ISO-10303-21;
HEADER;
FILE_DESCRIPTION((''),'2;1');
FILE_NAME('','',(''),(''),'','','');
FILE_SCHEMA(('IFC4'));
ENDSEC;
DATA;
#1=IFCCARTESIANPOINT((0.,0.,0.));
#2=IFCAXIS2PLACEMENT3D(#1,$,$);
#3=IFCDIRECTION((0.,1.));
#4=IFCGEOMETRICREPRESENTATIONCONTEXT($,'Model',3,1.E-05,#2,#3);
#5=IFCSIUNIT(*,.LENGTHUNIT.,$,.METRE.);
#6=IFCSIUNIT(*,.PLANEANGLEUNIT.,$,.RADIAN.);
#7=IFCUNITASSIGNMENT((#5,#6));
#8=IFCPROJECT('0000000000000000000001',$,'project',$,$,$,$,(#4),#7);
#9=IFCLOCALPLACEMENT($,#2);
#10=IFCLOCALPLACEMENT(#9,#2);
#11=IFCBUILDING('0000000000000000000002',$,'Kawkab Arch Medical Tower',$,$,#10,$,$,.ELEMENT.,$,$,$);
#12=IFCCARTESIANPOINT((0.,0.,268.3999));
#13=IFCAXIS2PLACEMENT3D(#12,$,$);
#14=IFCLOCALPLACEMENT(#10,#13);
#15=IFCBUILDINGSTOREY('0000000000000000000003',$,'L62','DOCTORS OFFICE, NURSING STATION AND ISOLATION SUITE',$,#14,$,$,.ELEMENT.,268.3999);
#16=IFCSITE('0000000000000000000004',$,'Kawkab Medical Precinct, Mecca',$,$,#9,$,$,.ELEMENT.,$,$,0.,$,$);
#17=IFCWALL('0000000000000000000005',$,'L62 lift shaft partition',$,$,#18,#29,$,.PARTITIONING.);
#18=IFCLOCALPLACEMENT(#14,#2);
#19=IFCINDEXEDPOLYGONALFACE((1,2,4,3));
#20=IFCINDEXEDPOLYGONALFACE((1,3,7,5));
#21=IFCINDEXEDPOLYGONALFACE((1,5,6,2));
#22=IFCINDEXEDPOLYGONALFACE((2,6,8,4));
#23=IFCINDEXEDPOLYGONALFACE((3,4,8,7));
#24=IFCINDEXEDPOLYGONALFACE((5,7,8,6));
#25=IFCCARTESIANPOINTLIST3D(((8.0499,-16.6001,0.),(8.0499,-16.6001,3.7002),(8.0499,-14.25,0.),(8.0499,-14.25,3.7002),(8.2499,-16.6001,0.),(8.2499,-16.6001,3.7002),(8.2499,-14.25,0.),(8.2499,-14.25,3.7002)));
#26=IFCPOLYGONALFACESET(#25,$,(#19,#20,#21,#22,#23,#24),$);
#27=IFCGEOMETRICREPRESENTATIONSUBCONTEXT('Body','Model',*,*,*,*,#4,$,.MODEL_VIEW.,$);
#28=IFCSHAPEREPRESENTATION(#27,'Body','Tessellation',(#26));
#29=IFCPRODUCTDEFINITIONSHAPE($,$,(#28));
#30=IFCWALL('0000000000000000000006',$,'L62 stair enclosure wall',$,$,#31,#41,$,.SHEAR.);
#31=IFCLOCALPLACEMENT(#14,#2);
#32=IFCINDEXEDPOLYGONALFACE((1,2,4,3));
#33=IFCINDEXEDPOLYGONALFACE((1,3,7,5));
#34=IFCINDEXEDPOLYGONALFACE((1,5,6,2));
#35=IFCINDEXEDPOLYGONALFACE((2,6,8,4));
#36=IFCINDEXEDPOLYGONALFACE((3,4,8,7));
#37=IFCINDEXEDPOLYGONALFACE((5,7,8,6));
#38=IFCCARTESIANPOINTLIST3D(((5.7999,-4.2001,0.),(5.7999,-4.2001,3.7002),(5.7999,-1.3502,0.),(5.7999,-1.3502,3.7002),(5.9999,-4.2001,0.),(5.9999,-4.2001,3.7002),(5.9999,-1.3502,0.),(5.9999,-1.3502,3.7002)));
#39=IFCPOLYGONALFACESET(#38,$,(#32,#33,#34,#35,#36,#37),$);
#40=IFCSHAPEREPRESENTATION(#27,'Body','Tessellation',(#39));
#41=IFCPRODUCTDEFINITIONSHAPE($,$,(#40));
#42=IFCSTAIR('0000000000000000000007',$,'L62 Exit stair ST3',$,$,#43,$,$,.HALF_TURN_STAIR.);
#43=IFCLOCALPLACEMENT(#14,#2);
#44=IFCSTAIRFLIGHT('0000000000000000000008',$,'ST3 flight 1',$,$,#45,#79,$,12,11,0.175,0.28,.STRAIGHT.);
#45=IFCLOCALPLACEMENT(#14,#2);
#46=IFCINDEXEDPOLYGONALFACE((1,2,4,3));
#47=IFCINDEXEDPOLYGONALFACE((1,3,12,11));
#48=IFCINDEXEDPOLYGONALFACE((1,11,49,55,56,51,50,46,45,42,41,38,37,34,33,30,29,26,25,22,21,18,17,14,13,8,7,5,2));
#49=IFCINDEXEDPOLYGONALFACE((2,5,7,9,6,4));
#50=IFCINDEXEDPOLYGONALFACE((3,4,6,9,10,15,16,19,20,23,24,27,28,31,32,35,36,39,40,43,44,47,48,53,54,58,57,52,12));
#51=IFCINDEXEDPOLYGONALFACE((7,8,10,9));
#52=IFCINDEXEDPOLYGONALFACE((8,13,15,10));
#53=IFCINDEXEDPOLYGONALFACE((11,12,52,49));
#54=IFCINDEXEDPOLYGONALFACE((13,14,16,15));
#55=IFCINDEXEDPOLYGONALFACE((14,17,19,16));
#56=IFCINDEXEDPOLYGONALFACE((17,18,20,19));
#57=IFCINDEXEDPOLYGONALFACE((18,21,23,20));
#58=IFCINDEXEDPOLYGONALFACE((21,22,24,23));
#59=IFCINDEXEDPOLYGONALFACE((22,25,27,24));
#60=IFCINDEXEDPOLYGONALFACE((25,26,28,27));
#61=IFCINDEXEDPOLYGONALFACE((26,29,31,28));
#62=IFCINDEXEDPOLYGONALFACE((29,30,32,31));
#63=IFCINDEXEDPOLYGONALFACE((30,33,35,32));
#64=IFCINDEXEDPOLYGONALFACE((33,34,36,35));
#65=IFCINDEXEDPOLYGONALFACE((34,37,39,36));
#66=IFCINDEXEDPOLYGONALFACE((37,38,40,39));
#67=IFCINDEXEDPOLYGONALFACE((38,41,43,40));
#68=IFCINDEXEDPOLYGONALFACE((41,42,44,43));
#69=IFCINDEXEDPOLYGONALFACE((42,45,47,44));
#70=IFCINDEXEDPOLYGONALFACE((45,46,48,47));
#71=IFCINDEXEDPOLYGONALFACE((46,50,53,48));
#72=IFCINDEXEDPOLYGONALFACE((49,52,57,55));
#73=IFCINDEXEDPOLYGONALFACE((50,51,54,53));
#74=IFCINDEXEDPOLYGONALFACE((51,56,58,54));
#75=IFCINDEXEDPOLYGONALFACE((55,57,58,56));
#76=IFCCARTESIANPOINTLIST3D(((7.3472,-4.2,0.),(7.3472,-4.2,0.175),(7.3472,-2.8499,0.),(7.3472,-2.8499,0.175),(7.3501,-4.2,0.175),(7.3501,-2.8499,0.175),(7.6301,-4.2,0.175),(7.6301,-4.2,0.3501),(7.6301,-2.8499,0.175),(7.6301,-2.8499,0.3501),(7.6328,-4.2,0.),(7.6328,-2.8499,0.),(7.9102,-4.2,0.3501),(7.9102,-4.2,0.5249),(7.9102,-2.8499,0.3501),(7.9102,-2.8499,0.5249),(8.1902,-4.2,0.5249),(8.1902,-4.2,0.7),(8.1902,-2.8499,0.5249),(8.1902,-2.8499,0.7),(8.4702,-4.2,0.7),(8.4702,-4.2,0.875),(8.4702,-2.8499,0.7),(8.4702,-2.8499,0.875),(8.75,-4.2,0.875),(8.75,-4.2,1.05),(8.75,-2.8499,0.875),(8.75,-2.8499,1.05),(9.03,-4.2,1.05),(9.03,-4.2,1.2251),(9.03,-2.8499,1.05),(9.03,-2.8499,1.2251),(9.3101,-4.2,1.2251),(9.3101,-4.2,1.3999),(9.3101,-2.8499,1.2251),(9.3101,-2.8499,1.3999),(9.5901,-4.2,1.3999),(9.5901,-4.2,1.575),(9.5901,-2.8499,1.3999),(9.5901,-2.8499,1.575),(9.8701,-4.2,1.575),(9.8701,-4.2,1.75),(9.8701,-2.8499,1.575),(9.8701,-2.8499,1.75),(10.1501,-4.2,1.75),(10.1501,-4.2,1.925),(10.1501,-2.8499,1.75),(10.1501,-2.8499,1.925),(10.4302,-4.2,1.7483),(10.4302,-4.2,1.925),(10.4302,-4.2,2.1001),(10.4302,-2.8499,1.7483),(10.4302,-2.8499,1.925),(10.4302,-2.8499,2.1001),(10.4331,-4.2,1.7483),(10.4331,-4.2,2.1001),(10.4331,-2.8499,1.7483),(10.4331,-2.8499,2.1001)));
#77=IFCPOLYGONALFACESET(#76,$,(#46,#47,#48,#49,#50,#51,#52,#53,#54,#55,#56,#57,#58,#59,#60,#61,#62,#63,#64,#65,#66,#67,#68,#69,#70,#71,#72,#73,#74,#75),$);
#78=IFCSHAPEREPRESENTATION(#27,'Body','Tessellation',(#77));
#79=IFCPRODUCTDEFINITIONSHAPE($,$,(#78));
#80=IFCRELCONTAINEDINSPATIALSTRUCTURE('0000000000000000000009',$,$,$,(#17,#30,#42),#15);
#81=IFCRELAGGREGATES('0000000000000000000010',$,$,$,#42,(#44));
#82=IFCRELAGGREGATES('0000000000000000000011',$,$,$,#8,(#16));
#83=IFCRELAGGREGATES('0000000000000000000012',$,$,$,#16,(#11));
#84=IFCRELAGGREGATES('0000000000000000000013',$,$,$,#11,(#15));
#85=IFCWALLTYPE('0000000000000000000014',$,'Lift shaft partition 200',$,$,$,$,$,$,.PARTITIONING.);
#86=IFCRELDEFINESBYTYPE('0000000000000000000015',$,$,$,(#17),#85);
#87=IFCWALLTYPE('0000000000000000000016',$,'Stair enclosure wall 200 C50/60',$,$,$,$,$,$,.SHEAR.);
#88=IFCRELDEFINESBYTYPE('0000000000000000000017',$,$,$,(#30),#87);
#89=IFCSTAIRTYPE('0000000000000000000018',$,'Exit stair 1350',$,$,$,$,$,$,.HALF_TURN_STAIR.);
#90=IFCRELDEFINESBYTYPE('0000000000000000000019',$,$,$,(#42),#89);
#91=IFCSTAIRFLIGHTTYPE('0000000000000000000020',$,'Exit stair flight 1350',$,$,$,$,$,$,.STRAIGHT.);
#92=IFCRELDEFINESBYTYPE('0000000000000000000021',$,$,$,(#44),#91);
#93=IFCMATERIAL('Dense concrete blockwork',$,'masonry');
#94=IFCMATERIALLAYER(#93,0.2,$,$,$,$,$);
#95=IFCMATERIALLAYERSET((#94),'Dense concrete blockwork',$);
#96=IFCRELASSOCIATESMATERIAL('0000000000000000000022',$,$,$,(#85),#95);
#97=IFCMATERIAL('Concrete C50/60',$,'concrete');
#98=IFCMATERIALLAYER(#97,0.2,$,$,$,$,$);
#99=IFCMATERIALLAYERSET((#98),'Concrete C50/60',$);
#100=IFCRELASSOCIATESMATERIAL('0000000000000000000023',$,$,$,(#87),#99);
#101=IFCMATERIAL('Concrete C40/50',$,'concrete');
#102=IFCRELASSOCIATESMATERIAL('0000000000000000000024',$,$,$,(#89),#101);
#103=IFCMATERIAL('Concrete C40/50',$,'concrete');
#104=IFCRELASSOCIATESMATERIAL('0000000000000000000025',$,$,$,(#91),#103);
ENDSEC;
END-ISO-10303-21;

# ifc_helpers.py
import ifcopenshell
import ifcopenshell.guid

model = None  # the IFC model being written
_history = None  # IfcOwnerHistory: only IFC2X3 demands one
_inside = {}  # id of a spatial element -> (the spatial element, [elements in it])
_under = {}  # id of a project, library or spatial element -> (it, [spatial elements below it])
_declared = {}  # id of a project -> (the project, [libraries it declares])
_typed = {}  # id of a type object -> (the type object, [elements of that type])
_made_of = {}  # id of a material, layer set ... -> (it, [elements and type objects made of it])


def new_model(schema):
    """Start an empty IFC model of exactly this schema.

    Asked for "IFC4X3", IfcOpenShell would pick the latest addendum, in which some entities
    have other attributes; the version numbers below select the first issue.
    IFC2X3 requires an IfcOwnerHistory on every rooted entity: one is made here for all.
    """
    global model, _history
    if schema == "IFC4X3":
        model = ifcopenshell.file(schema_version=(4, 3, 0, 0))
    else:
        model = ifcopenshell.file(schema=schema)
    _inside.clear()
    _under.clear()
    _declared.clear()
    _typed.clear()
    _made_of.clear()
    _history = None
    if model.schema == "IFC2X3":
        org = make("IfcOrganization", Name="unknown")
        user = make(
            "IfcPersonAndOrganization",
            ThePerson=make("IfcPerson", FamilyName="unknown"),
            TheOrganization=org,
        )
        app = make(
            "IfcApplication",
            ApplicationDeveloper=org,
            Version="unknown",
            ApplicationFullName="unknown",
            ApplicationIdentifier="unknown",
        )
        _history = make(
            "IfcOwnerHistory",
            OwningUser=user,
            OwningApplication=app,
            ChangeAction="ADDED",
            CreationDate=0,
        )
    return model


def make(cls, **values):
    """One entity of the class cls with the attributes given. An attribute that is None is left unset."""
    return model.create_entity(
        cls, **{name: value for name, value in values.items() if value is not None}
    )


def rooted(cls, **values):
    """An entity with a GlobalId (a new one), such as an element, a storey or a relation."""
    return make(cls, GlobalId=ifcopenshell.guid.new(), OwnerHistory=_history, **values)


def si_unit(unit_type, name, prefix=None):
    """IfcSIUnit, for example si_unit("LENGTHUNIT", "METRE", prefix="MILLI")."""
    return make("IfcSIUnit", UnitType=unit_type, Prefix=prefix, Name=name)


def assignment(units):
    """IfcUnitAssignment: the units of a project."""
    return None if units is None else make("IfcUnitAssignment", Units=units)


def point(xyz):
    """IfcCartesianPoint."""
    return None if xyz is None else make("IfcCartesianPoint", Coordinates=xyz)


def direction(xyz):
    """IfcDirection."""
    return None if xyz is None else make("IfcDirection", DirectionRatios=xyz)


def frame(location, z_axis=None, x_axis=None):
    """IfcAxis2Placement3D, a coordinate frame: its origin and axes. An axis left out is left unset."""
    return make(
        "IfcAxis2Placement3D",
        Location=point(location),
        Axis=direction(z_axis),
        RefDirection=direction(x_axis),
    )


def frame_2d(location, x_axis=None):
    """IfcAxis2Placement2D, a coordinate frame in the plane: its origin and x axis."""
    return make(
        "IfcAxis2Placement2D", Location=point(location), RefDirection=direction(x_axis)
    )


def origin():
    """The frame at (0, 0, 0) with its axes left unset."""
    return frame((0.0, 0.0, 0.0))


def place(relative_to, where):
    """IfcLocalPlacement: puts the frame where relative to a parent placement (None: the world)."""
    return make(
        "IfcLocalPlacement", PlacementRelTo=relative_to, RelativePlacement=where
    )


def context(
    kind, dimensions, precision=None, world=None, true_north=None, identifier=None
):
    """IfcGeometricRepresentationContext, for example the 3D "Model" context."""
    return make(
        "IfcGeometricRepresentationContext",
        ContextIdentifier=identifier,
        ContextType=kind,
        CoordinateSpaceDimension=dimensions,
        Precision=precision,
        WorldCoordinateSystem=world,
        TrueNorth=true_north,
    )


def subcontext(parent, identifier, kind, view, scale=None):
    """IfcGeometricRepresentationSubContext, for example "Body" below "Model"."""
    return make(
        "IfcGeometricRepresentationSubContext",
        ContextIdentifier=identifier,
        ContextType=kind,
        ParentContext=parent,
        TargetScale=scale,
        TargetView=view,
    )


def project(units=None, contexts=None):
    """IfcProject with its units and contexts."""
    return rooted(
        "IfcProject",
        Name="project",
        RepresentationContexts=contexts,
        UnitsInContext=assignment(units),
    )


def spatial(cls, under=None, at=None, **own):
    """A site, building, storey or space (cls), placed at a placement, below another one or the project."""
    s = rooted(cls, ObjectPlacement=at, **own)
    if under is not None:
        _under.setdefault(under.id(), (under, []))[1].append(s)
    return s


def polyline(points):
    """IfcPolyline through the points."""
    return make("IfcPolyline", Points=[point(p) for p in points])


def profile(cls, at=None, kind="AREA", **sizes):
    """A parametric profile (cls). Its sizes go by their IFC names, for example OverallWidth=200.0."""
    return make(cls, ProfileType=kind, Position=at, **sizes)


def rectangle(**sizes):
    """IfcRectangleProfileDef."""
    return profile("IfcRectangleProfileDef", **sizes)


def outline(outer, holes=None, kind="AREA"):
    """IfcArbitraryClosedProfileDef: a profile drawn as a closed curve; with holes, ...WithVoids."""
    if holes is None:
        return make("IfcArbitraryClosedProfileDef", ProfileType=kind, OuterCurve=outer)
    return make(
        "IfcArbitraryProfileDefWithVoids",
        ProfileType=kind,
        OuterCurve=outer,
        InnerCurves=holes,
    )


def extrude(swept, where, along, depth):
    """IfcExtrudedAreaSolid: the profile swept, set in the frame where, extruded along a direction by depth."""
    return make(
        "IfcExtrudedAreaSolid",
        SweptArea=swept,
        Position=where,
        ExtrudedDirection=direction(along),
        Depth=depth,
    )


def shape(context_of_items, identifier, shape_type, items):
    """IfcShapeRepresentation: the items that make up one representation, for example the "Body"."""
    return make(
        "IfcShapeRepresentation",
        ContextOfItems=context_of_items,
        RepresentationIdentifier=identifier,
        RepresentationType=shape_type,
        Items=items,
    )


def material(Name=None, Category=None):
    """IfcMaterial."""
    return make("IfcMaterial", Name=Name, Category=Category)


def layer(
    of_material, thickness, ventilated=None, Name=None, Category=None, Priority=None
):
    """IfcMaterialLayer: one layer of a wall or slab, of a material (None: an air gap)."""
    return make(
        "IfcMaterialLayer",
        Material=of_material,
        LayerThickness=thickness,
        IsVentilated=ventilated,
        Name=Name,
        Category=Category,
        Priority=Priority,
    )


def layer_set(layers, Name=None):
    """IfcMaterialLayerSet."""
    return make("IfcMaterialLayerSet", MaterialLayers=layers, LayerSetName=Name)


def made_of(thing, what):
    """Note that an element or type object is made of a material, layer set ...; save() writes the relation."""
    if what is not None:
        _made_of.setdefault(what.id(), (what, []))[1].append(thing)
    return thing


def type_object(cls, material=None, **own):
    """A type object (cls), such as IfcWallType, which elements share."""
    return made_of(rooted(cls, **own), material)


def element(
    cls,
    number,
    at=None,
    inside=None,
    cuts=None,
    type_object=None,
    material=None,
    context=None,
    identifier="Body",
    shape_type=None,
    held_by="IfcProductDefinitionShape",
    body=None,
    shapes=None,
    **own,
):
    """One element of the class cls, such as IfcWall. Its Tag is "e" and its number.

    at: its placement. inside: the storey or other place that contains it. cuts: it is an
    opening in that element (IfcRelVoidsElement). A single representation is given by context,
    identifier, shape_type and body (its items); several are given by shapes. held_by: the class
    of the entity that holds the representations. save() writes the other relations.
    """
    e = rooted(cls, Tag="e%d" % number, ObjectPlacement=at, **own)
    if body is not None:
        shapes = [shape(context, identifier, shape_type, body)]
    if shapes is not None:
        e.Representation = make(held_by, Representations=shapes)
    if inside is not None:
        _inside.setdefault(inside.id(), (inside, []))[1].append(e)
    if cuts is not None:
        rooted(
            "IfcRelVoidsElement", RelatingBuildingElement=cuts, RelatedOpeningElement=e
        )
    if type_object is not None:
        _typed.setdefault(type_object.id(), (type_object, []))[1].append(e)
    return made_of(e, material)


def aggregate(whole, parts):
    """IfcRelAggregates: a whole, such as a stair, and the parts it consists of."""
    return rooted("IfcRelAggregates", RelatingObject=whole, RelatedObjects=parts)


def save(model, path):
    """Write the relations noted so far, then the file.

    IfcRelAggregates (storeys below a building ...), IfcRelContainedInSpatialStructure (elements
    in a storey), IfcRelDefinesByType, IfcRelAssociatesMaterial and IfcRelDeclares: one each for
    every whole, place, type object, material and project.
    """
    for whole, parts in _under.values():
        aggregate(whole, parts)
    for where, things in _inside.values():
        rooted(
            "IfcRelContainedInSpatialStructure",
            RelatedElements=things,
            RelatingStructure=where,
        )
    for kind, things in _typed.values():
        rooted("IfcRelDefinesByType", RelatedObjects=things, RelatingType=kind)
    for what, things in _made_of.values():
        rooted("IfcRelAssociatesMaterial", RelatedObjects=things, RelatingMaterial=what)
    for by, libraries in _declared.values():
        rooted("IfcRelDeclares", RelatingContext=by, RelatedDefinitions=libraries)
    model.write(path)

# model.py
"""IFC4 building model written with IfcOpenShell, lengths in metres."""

from ifc_helpers import new_model, si_unit, direction, frame, frame_2d, origin, place, context, subcontext, project, spatial, polyline, rectangle, outline, extrude, material, layer, layer_set, type_object, element, aggregate, save


model = new_model("IFC4")

# Units and contexts
model_context = context("Model", 3, precision=1e-05, world=origin(), true_north=direction((0.0, 1.0)))
body_context = subcontext(model_context, "Body", "Model", "MODEL_VIEW")
ifc_project = project(units=[si_unit("LENGTHUNIT", "METRE"), si_unit("PLANEANGLEUNIT", "RADIAN")], contexts=[model_context])

# Site, building, storey
site_placement = place(None, origin())
site = spatial("IfcSite", under=ifc_project, at=site_placement, Name="Kawkab Medical Precinct, Mecca", CompositionType="ELEMENT", RefElevation=0.0)
building_placement = place(site_placement, origin())
building = spatial("IfcBuilding", under=site, at=building_placement, Name="Kawkab Arch Medical Tower", CompositionType="ELEMENT")
storey_placement = place(building_placement, frame((0.0, 0.0, 268.3999)))
storey = spatial("IfcBuildingStorey", under=building, at=storey_placement, Name="L62", Description="DOCTORS OFFICE, NURSING STATION AND ISOLATION SUITE", CompositionType="ELEMENT", Elevation=268.3999)

# Walls
ifc_material_1 = material(Name="Dense concrete blockwork", Category="masonry")
ifc_layer_1 = layer(ifc_material_1, 0.2)
ifc_layer_set_1 = layer_set([ifc_layer_1], Name="Dense concrete blockwork")
wall_type_1 = type_object("IfcWallType", Name="Lift shaft partition 200", PredefinedType="PARTITIONING", material=ifc_layer_set_1)
wall_1_placement = place(storey_placement, frame((8.1499, -16.6001, 0.0), z_axis=(0.0, 0.0, 1.0), x_axis=(0.0, 1.0, 0.0)))
element("IfcWall", 1, at=wall_1_placement, inside=storey, type_object=wall_type_1, Name="L62 lift shaft partition", PredefinedType="PARTITIONING", context=body_context, shape_type="SweptSolid", body=[
    extrude(rectangle(XDim=2.3501, YDim=0.2, at=frame_2d((1.175, 0.0))), origin(), (0.0, 0.0, 1.0), 3.7002),
])
ifc_material_2 = material(Name="Concrete C50/60", Category="concrete")
ifc_layer_2 = layer(ifc_material_2, 0.2)
ifc_layer_set_2 = layer_set([ifc_layer_2], Name="Concrete C50/60")
wall_type_2 = type_object("IfcWallType", Name="Stair enclosure wall 200 C50/60", PredefinedType="SHEAR", material=ifc_layer_set_2)
wall_2_placement = place(storey_placement, frame((5.8999, -4.2, 0.0), z_axis=(0.0, 0.0, 1.0), x_axis=(0.0, 1.0, 0.0)))
element("IfcWall", 2, at=wall_2_placement, inside=storey, type_object=wall_type_2, Name="L62 stair enclosure wall", PredefinedType="SHEAR", context=body_context, shape_type="SweptSolid", body=[
    extrude(rectangle(XDim=2.8499, YDim=0.2, at=frame_2d((1.4248, 0.0))), origin(), (0.0, 0.0, 1.0), 3.7002),
])

# Stair, stair flight
ifc_material_3 = material(Name="Concrete C40/50", Category="concrete")
stair_type = type_object("IfcStairType", Name="Exit stair 1350", PredefinedType="HALF_TURN_STAIR", material=ifc_material_3)
stair_placement = place(storey_placement, origin())
stair = element("IfcStair", 3, at=stair_placement, inside=storey, type_object=stair_type, Name="L62 Exit stair ST3", PredefinedType="HALF_TURN_STAIR")
ifc_material_4 = material(Name="Concrete C40/50", Category="concrete")
stair_flight_type = type_object("IfcStairFlightType", Name="Exit stair flight 1350", PredefinedType="STRAIGHT", material=ifc_material_4)
stair_flight_placement = place(storey_placement, frame((7.3501, -3.5249, 0.0), z_axis=(0.0, 0.0, 1.0), x_axis=(1.0, 0.0, 0.0)))
stair_flight = element("IfcStairFlight", 4, at=stair_flight_placement, type_object=stair_flight_type, Name="ST3 flight 1", NumberOfRisers=12, NumberOfTreads=11, PredefinedType="STRAIGHT", RiserHeight=0.175, TreadLength=0.28, context=body_context, shape_type="SweptSolid", body=[
    extrude(outline(polyline([(-0.0029, 0.0), (-0.0029, 0.175), (0.0, 0.175), (0.28, 0.175), (0.28, 0.3501), (0.5601, 0.3501), (0.5601, 0.5249), (0.8401, 0.5249), (0.8401, 0.7), (1.1201, 0.7), (1.1201, 0.875), (1.3999, 0.875), (1.3999, 1.05), (1.6799, 1.05), (1.6799, 1.2251), (1.96, 1.2251), (1.96, 1.3999), (2.24, 1.3999), (2.24, 1.575), (2.52, 1.575), (2.52, 1.75), (2.8, 1.75), (2.8, 1.925), (3.0801, 1.925), (3.0801, 2.1001), (3.083, 2.1001), (3.083, 1.7483), (3.0801, 1.7483), (0.2827, 0.0), (-0.0029, 0.0)])), frame((0.0, 0.675, 0.0), z_axis=(0.0, -1.0, 0.0), x_axis=(1.0, 0.0, 0.0)), (0.0, 0.0, 1.0), 1.3501),
])
aggregate(stair, [stair_flight])

save(model, "model.ifc")
